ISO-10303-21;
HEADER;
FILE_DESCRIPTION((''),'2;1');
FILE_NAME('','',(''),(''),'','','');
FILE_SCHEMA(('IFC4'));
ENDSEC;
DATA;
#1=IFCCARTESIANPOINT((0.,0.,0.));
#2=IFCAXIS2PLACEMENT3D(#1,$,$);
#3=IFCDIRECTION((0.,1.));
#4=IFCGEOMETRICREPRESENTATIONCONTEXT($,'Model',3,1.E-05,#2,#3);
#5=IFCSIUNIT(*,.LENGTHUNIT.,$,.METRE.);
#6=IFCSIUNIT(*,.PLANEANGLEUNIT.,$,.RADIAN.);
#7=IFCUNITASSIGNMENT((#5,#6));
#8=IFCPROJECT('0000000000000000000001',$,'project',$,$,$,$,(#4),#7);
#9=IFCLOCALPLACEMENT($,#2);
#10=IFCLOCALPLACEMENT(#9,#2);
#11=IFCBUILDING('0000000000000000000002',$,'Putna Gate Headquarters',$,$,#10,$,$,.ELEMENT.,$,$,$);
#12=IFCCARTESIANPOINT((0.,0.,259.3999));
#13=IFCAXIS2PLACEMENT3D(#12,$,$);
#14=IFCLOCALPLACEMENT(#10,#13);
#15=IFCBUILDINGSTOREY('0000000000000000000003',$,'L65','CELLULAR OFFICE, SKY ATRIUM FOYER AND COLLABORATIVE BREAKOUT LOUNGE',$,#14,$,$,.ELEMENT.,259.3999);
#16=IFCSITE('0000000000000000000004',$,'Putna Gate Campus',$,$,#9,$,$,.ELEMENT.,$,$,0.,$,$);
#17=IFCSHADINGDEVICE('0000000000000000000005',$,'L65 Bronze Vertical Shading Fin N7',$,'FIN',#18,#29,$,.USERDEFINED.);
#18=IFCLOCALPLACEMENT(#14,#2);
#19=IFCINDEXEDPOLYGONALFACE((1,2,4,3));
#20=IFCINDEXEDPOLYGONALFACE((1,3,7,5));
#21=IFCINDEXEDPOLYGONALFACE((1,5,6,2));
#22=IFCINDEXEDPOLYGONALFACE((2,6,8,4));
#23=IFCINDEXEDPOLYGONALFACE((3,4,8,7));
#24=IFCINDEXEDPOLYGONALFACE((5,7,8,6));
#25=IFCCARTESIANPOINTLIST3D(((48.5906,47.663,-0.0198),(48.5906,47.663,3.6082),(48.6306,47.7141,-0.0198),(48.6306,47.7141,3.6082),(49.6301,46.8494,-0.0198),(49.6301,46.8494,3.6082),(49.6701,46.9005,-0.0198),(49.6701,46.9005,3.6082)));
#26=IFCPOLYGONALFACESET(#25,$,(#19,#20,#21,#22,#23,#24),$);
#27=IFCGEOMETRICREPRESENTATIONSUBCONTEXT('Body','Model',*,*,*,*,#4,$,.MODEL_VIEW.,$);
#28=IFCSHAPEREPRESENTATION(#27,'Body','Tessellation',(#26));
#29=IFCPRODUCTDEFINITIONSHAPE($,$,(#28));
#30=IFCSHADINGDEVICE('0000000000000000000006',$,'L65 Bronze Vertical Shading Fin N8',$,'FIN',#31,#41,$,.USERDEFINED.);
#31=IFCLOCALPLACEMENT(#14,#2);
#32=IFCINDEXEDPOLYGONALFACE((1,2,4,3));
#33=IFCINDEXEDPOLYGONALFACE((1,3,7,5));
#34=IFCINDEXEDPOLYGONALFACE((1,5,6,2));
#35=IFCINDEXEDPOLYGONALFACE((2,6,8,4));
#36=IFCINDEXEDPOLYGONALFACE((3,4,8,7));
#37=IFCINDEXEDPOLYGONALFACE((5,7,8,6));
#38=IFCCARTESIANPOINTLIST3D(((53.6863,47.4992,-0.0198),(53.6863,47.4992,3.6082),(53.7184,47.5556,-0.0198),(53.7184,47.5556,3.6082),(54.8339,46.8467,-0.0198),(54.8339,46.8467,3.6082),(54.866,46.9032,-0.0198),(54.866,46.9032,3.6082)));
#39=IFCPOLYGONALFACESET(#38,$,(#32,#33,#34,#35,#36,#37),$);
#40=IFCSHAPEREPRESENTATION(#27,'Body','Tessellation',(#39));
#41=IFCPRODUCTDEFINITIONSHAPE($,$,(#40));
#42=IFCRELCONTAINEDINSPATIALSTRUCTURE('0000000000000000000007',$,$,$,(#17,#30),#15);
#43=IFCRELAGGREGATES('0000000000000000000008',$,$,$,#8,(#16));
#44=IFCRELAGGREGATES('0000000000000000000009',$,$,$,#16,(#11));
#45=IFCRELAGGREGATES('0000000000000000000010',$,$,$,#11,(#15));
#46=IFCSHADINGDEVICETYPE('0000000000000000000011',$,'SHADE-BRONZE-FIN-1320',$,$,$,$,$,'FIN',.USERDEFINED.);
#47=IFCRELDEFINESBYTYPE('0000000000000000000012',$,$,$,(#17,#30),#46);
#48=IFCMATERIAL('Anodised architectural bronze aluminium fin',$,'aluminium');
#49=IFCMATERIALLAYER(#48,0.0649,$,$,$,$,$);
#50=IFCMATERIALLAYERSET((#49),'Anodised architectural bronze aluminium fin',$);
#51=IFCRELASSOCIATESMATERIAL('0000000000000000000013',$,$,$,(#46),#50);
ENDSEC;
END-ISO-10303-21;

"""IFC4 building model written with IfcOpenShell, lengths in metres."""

from ifc_helpers import new_model, si_unit, direction, frame, origin, origin_2d, place, context, subcontext, project, spatial, rectangle, extrude, material, layer, layer_set, type_object, element, save


model = new_model("IFC4")

# Units and contexts
model_context = context("Model", 3, precision=1e-05, world=origin(), true_north=direction((0.0, 1.0)))
body_context = subcontext(model_context, "Body", "Model", "MODEL_VIEW")
ifc_project = project(units=[si_unit("LENGTHUNIT", "METRE"), si_unit("PLANEANGLEUNIT", "RADIAN")], contexts=[model_context])

# Site, building, storey
site_placement = place(None, origin())
site = spatial("IfcSite", under=ifc_project, at=site_placement, Name="Putna Gate Campus", CompositionType="ELEMENT", RefElevation=0.0)
building_placement = place(site_placement, origin())
building = spatial("IfcBuilding", under=site, at=building_placement, Name="Putna Gate Headquarters", CompositionType="ELEMENT")
storey_placement = place(building_placement, frame((0.0, 0.0, 259.3999)))
storey = spatial("IfcBuildingStorey", under=building, at=storey_placement, Name="L65", Description="CELLULAR OFFICE, SKY ATRIUM FOYER AND COLLABORATIVE BREAKOUT LOUNGE", CompositionType="ELEMENT", Elevation=259.3999)

# Shading devices
ifc_material_1 = material(Name="Anodised architectural bronze aluminium fin", Category="aluminium")
ifc_layer_1 = layer(ifc_material_1, 0.0649)
ifc_layer_set_1 = layer_set([ifc_layer_1], Name="Anodised architectural bronze aluminium fin")
shading_device_type = type_object("IfcShadingDeviceType", Name="SHADE-BRONZE-FIN-1320", ElementType="FIN", PredefinedType="USERDEFINED", material=ifc_layer_set_1)
for number, where, z_axis, x_axis, name in (
    (1, (49.1304, 47.2817, -0.0198), (0.0, 0.0, 1.0), (-0.787473, 0.616349, 0.0), "L65 Bronze Vertical Shading Fin N7"),
    (2, (54.2761, 47.2012, -0.0198), (0.0, 0.0, 1.0), (-0.869322, 0.494245, 0.0), "L65 Bronze Vertical Shading Fin N8"),
):
    element("IfcShadingDevice", number, at=place(storey_placement, frame(where, z_axis=z_axis, x_axis=x_axis)), inside=storey, type_object=shading_device_type, Name=name, ObjectType="FIN", PredefinedType="USERDEFINED", context=body_context, shape_type="SweptSolid", body=[
        extrude(rectangle(XDim=1.3201, YDim=0.0649, at=origin_2d()), origin(), (0.0, 0.0, 1.0), 3.6279),
    ])

save(model, "model.ifc")
